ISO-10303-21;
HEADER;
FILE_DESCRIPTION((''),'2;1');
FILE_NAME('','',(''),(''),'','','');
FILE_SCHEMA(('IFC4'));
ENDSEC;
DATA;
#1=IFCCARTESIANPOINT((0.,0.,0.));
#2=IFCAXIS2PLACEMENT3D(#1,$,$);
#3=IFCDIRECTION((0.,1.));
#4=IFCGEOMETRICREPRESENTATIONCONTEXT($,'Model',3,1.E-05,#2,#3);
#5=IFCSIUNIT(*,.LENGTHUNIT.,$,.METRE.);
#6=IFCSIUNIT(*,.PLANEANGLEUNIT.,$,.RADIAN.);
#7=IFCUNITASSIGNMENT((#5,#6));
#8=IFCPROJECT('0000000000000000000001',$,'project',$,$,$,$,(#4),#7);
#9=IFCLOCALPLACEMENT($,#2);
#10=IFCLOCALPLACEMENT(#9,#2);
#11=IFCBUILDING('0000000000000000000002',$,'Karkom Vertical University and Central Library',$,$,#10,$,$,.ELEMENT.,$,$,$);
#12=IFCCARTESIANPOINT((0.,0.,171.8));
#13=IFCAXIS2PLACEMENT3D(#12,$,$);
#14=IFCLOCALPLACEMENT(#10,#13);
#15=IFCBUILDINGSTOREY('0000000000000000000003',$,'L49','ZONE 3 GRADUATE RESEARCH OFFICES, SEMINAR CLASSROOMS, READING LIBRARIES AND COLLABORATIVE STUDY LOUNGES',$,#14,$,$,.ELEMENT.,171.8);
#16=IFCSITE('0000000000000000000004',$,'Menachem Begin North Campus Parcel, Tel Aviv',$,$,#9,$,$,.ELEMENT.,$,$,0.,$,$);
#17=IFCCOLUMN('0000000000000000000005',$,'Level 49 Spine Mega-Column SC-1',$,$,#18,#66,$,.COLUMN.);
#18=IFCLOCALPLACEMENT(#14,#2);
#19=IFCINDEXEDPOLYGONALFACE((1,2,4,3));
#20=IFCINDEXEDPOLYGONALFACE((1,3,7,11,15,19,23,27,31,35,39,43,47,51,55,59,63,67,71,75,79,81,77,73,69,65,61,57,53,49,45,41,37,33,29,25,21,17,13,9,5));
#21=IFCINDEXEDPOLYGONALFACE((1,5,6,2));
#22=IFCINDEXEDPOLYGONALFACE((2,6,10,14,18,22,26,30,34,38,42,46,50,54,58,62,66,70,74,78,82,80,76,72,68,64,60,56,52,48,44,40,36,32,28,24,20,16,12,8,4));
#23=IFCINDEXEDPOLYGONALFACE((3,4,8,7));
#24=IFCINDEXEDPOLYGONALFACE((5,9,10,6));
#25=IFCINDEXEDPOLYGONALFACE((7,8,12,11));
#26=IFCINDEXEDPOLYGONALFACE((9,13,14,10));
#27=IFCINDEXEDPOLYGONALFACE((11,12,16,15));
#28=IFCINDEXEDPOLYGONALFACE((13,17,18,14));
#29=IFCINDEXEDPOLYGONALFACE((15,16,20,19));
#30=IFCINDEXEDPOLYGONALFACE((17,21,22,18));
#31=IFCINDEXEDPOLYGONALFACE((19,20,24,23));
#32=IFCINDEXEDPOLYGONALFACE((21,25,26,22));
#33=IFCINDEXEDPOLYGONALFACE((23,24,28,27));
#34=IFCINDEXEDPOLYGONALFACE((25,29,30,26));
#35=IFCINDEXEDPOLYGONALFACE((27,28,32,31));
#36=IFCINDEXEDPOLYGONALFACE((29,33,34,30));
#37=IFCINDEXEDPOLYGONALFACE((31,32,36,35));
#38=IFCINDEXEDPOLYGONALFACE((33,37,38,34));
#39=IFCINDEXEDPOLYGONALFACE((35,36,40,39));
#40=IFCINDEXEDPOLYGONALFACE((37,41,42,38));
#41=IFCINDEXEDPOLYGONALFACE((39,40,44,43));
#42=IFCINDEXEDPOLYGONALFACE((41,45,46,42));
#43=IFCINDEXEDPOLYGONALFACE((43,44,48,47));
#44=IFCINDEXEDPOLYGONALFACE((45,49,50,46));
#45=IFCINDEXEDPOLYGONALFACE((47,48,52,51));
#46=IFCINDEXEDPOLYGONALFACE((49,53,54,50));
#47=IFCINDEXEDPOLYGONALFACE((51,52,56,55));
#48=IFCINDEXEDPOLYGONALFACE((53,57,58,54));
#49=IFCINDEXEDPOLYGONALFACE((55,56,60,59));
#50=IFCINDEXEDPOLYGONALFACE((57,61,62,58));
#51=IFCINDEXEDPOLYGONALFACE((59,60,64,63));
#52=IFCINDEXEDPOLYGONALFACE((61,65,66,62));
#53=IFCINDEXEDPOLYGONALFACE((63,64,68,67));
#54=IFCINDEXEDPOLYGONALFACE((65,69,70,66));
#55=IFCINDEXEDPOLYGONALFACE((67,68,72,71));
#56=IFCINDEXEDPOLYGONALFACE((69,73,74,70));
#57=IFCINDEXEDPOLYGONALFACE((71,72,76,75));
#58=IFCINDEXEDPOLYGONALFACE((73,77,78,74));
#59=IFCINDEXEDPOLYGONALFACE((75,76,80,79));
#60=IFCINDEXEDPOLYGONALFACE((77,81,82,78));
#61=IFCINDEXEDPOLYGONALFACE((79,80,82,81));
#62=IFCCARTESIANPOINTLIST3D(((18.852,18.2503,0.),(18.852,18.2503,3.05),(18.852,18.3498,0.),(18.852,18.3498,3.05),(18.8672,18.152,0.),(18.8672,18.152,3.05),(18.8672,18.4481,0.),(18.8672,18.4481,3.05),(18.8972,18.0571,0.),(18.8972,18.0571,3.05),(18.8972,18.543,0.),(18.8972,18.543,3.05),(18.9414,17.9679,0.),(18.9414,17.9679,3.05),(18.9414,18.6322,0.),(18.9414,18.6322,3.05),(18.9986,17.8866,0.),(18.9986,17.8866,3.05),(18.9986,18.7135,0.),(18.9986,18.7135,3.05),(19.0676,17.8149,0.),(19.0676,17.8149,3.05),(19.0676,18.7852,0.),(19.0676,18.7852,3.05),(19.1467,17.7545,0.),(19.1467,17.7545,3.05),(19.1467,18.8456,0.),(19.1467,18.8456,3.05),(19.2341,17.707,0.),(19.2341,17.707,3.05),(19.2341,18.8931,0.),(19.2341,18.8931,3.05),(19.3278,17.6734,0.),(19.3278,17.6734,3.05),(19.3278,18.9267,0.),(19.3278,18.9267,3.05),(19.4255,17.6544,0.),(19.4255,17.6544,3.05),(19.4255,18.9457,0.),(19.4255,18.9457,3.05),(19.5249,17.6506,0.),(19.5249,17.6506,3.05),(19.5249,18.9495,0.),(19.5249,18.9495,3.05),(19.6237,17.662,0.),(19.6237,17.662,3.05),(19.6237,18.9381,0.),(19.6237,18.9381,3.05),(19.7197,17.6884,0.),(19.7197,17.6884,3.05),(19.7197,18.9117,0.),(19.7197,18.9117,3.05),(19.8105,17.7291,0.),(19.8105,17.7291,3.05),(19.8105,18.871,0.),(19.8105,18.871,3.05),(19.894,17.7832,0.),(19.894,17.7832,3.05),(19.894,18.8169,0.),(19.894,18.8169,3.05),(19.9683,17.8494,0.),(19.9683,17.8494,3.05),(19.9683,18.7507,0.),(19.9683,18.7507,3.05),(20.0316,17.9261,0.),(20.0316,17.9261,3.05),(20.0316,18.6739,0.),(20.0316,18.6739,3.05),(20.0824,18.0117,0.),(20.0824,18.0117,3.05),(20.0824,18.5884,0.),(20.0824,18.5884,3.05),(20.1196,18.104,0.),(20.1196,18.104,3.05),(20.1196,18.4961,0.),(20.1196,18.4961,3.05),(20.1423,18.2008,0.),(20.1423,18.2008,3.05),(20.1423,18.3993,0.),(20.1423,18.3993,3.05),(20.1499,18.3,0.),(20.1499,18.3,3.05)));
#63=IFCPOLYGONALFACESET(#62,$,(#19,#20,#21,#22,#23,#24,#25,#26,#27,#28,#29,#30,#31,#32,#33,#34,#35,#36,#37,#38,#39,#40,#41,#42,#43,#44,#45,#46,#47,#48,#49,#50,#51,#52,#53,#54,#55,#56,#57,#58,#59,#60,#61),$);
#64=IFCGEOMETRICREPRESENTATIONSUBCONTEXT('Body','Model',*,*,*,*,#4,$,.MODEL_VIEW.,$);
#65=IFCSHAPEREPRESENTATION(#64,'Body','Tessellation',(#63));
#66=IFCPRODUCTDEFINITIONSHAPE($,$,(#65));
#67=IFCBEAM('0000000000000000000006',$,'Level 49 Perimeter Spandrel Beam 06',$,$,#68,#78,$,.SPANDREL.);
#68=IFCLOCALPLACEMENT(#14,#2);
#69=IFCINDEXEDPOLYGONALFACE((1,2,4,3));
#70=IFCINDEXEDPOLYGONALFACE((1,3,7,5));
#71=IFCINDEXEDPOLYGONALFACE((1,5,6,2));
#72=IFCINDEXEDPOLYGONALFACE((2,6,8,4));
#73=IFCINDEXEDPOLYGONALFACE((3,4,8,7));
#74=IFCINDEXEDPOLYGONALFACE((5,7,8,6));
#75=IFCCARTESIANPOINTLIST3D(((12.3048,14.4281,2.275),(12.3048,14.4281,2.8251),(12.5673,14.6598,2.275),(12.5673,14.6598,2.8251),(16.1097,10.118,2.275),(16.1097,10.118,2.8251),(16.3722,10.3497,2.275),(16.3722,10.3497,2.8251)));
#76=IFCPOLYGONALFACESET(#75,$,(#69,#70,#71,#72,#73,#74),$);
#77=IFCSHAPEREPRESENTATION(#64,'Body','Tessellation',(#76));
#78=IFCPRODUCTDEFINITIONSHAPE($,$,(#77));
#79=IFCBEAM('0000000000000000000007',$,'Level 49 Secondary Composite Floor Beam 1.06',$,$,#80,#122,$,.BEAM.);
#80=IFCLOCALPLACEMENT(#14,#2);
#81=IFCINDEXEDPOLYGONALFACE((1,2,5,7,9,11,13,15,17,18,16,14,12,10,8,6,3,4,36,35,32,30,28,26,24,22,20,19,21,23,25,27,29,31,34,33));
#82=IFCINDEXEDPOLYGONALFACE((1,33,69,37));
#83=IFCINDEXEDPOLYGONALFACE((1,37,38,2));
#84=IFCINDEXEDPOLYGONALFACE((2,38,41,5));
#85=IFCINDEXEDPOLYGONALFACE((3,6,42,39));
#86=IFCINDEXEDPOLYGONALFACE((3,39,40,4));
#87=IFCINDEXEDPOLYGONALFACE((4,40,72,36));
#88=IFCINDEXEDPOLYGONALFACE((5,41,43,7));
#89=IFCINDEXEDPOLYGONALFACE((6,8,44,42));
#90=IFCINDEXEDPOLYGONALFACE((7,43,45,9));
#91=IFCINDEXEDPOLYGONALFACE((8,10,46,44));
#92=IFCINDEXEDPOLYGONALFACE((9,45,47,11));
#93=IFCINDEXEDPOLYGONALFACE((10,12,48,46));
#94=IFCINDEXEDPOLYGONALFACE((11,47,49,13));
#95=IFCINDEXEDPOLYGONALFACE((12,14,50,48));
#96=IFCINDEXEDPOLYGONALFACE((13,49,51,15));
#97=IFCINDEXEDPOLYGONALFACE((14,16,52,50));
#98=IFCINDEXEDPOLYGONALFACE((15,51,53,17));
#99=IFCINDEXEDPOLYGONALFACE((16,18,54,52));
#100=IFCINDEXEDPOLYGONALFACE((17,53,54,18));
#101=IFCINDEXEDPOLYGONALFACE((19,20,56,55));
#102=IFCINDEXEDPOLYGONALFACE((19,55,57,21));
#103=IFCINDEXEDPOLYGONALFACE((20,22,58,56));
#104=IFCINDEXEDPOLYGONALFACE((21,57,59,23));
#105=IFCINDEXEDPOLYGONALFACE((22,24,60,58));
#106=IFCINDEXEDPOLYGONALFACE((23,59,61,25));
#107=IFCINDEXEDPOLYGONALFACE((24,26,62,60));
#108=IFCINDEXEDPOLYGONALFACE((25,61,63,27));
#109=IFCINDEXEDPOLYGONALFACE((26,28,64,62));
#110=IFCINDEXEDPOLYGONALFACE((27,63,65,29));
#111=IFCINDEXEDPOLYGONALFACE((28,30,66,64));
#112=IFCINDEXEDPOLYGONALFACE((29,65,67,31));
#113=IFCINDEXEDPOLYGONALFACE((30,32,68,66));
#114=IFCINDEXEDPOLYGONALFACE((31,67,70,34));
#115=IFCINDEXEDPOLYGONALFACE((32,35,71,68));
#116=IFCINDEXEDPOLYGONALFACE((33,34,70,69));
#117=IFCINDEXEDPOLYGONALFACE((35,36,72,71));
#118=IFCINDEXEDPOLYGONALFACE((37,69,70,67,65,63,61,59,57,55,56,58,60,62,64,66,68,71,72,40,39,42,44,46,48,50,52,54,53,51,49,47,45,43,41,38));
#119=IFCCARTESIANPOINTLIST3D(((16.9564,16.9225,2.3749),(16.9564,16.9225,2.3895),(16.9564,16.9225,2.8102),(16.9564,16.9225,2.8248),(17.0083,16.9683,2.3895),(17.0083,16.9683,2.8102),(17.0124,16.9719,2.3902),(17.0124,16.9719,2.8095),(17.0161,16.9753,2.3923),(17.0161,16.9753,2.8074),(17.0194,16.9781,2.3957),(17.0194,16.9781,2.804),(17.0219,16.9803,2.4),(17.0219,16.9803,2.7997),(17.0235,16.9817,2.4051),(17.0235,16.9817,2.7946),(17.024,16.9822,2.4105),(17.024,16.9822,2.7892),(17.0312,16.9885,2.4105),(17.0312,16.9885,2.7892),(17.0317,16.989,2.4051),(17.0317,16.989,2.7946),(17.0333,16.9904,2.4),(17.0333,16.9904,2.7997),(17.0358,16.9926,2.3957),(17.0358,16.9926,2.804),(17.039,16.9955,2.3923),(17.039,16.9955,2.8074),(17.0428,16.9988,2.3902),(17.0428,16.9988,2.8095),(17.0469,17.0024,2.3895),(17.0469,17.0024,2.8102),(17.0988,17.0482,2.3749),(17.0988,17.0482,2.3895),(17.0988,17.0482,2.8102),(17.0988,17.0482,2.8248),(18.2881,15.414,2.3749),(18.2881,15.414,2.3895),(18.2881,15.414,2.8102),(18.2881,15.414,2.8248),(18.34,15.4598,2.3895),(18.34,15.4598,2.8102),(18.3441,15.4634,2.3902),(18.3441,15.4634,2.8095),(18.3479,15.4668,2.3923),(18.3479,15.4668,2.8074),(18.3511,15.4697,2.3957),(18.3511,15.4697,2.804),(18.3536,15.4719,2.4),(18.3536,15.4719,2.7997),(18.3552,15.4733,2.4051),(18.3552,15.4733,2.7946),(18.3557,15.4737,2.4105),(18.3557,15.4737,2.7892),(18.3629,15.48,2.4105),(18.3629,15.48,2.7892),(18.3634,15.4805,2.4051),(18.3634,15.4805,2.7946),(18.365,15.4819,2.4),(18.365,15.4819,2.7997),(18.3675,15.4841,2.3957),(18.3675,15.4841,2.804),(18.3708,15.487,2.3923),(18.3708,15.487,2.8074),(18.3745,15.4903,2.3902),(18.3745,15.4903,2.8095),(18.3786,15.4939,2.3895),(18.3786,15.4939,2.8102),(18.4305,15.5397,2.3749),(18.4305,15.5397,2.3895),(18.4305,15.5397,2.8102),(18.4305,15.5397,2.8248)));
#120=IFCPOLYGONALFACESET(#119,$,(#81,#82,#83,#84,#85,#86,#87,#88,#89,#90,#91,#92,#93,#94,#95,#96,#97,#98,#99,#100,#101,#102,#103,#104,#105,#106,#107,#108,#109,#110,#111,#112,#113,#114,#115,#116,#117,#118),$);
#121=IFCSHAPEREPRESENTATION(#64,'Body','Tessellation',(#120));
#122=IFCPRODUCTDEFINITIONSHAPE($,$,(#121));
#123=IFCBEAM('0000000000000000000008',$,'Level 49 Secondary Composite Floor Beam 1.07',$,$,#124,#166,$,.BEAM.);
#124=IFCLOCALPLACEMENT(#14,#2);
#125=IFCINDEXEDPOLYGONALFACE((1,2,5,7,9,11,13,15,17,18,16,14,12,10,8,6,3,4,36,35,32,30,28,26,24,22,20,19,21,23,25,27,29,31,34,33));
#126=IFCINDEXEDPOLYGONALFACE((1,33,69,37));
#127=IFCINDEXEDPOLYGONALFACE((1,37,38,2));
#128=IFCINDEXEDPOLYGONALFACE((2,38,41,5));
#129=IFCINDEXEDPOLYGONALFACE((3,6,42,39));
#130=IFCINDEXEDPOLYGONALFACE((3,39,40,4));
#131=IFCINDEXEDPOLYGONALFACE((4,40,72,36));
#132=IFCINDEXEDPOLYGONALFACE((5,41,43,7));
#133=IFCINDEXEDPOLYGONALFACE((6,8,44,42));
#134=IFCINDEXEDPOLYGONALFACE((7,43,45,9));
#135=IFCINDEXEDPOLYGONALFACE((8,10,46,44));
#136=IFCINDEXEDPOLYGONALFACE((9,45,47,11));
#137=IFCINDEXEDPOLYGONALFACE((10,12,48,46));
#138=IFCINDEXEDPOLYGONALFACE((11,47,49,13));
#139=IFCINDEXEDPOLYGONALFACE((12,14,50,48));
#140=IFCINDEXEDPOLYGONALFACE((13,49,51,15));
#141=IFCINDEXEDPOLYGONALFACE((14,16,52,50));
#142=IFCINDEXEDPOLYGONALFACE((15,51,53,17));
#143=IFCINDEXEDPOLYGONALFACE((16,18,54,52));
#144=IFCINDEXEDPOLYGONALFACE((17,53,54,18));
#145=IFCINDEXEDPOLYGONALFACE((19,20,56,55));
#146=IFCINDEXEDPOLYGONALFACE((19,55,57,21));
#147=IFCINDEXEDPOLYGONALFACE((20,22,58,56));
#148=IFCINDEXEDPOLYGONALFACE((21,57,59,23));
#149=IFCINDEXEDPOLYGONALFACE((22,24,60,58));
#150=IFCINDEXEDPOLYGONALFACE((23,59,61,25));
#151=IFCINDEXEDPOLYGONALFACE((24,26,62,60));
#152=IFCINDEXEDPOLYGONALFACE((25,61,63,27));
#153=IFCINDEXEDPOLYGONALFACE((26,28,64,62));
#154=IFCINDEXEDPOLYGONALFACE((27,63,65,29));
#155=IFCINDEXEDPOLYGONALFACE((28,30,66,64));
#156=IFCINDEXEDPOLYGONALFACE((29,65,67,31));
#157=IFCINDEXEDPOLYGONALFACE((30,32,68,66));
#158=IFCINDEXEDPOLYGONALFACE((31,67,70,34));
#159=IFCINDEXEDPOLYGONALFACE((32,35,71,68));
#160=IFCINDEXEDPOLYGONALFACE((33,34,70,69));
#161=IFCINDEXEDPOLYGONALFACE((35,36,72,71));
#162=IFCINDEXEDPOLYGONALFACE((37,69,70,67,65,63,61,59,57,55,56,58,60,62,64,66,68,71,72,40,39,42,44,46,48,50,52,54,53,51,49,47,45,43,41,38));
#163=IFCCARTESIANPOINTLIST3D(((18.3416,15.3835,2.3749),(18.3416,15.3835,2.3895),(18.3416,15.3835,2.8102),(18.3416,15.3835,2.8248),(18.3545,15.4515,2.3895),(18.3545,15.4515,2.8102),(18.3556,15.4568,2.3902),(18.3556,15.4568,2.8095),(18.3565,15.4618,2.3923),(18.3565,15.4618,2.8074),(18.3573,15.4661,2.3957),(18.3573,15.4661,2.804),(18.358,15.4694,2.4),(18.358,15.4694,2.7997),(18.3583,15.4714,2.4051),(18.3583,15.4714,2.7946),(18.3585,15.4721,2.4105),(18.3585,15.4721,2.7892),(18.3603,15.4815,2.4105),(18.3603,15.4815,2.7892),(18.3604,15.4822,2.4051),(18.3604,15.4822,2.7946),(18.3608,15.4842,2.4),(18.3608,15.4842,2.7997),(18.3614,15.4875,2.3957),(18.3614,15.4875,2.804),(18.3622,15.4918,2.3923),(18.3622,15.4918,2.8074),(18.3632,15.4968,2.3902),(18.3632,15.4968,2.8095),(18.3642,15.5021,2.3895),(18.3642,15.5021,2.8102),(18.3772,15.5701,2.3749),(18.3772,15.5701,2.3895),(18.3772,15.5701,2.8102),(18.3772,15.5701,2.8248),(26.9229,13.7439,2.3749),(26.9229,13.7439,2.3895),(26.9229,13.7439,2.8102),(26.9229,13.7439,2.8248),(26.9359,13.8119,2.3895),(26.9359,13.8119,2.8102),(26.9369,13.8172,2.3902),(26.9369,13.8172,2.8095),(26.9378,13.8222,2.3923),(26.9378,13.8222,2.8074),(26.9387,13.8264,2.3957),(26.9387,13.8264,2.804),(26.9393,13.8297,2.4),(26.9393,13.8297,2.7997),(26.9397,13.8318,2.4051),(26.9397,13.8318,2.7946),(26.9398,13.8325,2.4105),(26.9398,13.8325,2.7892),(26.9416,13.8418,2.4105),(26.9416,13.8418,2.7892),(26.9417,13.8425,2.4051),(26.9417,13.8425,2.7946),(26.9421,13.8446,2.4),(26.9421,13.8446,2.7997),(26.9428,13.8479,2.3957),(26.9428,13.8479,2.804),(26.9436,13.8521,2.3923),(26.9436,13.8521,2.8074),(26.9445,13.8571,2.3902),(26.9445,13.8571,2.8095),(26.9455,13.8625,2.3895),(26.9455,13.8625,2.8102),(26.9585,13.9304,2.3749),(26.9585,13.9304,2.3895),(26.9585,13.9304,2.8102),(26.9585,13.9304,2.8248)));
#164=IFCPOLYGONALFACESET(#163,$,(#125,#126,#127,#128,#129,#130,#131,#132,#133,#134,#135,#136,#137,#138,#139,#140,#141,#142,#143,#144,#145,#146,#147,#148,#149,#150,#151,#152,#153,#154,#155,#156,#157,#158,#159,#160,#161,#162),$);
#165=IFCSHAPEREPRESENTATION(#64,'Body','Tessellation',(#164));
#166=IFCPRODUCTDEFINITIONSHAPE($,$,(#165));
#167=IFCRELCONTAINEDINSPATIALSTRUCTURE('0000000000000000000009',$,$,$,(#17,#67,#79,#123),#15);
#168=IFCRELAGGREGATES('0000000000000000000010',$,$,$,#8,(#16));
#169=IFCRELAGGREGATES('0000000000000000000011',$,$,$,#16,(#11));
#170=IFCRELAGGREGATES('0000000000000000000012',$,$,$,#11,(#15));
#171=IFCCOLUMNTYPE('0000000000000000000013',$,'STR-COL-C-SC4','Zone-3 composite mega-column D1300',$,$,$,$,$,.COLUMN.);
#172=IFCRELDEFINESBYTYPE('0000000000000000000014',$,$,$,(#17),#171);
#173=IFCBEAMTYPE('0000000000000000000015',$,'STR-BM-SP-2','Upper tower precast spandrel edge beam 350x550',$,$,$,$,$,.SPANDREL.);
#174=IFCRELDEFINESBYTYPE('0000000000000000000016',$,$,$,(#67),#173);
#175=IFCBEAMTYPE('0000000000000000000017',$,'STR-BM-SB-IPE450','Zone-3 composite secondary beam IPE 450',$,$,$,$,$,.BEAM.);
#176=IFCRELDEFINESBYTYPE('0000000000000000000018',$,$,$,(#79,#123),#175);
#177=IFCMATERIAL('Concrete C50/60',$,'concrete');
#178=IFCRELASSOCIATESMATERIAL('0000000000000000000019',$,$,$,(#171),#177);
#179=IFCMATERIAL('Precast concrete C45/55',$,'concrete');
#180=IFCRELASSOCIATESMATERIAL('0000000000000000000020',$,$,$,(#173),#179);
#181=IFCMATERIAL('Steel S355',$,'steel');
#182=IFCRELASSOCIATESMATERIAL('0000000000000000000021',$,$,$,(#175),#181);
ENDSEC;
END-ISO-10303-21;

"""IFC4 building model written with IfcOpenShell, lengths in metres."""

from ifc_helpers import new_model, si_unit, direction, frame, origin, origin_with_axes, origin_2d, place, context, subcontext, project, spatial, rectangle, circle, i_section, extrude, source, transform, mapped, material, material_profile, profile_set, type_object, element, save


model = new_model("IFC4")

# Units and contexts
model_context = context("Model", 3, precision=1e-05, world=origin(), true_north=direction((0.0, 1.0)))
body_context = subcontext(model_context, "Body", "Model", "MODEL_VIEW")
ifc_project = project(units=[si_unit("LENGTHUNIT", "METRE"), si_unit("PLANEANGLEUNIT", "RADIAN")], contexts=[model_context])

# Site, building, storey
site_placement = place(None, origin())
site = spatial("IfcSite", under=ifc_project, at=site_placement, Name="Menachem Begin North Campus Parcel, Tel Aviv", CompositionType="ELEMENT", RefElevation=0.0)
building_placement = place(site_placement, origin())
building = spatial("IfcBuilding", under=site, at=building_placement, Name="Karkom Vertical University and Central Library", CompositionType="ELEMENT")
storey_placement = place(building_placement, frame((0.0, 0.0, 171.8)))
storey = spatial("IfcBuildingStorey", under=building, at=storey_placement, Name="L49", Description="ZONE 3 GRADUATE RESEARCH OFFICES, SEMINAR CLASSROOMS, READING LIBRARIES AND COLLABORATIVE STUDY LOUNGES", CompositionType="ELEMENT", Elevation=171.8)

# Column
ifc_material_1 = material(Name="Concrete C50/60", Category="concrete")
ifc_material_profile_1 = material_profile(ifc_material_1, circle(Radius=0.6499, at=origin_2d()), Name="CFT-D1300")
ifc_profile_set_1 = profile_set([ifc_material_profile_1], Name="Concrete C50/60")
column_type = type_object("IfcColumnType", Name="STR-COL-C-SC4", Description="Zone-3 composite mega-column D1300", PredefinedType="COLUMN", material=ifc_profile_set_1)
shared_shape_1 = source(origin_with_axes(), body_context, "Body", "SweptSolid", [
    extrude(circle(Radius=0.6499, at=origin_2d()), origin(), (0.0, 0.0, 1.0), 3.05),
])
column_placement = place(storey_placement, frame((19.5, 18.3, 0.0), z_axis=(0.0, 0.0, 1.0), x_axis=(1.0, 0.0, 0.0)))
element("IfcColumn", 1, at=column_placement, inside=storey, type_object=column_type, Name="Level 49 Spine Mega-Column SC-1", PredefinedType="COLUMN", context=body_context, shape_type="MappedRepresentation", body=[
    mapped(shared_shape_1, transform((0.0, 0.0, 0.0), scale=1.0)),
])

# Beams
ifc_material_2 = material(Name="Precast concrete C45/55", Category="concrete")
ifc_material_profile_2 = material_profile(ifc_material_2, rectangle(XDim=0.3501, YDim=0.55, at=origin_2d()), Name="SPB-350x550")
ifc_profile_set_2 = profile_set([ifc_material_profile_2], Name="Precast concrete C45/55")
beam_type_1 = type_object("IfcBeamType", Name="STR-BM-SP-2", Description="Upper tower precast spandrel edge beam 350x550", PredefinedType="SPANDREL", material=ifc_profile_set_2)
shared_shape_2 = source(origin_with_axes(), body_context, "Body", "SweptSolid", [
    extrude(rectangle(XDim=0.3501, YDim=0.55, at=origin_2d()), origin(), (0.0, 0.0, 1.0), 5.7493),
])
beam_1_placement = place(storey_placement, frame((12.436, 14.5439, 2.55), z_axis=(0.661811, -0.749671, 0.0), x_axis=(0.749671, 0.661811, 0.0)))
element("IfcBeam", 2, at=beam_1_placement, inside=storey, type_object=beam_type_1, Name="Level 49 Perimeter Spandrel Beam 06", PredefinedType="SPANDREL", context=body_context, shape_type="MappedRepresentation", body=[
    mapped(shared_shape_2, transform((0.0, 0.0, 0.0), scale=1.0)),
])
ifc_material_3 = material(Name="Steel S355", Category="steel")
ifc_material_profile_3 = material_profile(ifc_material_3, i_section(OverallWidth=0.1899, OverallDepth=0.45, WebThickness=0.0095, FlangeThickness=0.0146, FilletRadius=0.021, at=origin_2d()), Name="IPE 450")
ifc_profile_set_3 = profile_set([ifc_material_profile_3], Name="Steel S355")
beam_type_2 = type_object("IfcBeamType", Name="STR-BM-SB-IPE450", Description="Zone-3 composite secondary beam IPE 450", PredefinedType="BEAM", material=ifc_profile_set_3)
shared_shape_3 = source(origin_with_axes(), body_context, "Body", "SweptSolid", [
    extrude(i_section(OverallWidth=0.1899, OverallDepth=0.45, WebThickness=0.0095, FlangeThickness=0.0146, FilletRadius=0.021, at=origin_2d()), origin(), (0.0, 0.0, 1.0), 2.0122),
])
beam_2_placement = place(storey_placement, frame((17.0276, 16.9854, 2.5999), z_axis=(0.661822, -0.749661, 0.0), x_axis=(0.749661, 0.661822, 0.0)))
element("IfcBeam", 3, at=beam_2_placement, inside=storey, type_object=beam_type_2, Name="Level 49 Secondary Composite Floor Beam 1.06", PredefinedType="BEAM", context=body_context, shape_type="MappedRepresentation", body=[
    mapped(shared_shape_3, transform((0.0, 0.0, 0.0), scale=1.0)),
])
shared_shape_4 = source(origin_with_axes(), body_context, "Body", "SweptSolid", [
    extrude(i_section(OverallWidth=0.1899, OverallDepth=0.45, WebThickness=0.0095, FlangeThickness=0.0146, FilletRadius=0.021, at=origin_2d()), origin(), (0.0, 0.0, 1.0), 8.7366),
])
beam_3_placement = place(storey_placement, frame((18.3594, 15.4768, 2.5999), z_axis=(0.982231, -0.187677, 0.0), x_axis=(0.187677, 0.982231, 0.0)))
element("IfcBeam", 4, at=beam_3_placement, inside=storey, type_object=beam_type_2, Name="Level 49 Secondary Composite Floor Beam 1.07", PredefinedType="BEAM", context=body_context, shape_type="MappedRepresentation", body=[
    mapped(shared_shape_4, transform((0.0, 0.0, 0.0), scale=1.0)),
])

save(model, "model.ifc")
